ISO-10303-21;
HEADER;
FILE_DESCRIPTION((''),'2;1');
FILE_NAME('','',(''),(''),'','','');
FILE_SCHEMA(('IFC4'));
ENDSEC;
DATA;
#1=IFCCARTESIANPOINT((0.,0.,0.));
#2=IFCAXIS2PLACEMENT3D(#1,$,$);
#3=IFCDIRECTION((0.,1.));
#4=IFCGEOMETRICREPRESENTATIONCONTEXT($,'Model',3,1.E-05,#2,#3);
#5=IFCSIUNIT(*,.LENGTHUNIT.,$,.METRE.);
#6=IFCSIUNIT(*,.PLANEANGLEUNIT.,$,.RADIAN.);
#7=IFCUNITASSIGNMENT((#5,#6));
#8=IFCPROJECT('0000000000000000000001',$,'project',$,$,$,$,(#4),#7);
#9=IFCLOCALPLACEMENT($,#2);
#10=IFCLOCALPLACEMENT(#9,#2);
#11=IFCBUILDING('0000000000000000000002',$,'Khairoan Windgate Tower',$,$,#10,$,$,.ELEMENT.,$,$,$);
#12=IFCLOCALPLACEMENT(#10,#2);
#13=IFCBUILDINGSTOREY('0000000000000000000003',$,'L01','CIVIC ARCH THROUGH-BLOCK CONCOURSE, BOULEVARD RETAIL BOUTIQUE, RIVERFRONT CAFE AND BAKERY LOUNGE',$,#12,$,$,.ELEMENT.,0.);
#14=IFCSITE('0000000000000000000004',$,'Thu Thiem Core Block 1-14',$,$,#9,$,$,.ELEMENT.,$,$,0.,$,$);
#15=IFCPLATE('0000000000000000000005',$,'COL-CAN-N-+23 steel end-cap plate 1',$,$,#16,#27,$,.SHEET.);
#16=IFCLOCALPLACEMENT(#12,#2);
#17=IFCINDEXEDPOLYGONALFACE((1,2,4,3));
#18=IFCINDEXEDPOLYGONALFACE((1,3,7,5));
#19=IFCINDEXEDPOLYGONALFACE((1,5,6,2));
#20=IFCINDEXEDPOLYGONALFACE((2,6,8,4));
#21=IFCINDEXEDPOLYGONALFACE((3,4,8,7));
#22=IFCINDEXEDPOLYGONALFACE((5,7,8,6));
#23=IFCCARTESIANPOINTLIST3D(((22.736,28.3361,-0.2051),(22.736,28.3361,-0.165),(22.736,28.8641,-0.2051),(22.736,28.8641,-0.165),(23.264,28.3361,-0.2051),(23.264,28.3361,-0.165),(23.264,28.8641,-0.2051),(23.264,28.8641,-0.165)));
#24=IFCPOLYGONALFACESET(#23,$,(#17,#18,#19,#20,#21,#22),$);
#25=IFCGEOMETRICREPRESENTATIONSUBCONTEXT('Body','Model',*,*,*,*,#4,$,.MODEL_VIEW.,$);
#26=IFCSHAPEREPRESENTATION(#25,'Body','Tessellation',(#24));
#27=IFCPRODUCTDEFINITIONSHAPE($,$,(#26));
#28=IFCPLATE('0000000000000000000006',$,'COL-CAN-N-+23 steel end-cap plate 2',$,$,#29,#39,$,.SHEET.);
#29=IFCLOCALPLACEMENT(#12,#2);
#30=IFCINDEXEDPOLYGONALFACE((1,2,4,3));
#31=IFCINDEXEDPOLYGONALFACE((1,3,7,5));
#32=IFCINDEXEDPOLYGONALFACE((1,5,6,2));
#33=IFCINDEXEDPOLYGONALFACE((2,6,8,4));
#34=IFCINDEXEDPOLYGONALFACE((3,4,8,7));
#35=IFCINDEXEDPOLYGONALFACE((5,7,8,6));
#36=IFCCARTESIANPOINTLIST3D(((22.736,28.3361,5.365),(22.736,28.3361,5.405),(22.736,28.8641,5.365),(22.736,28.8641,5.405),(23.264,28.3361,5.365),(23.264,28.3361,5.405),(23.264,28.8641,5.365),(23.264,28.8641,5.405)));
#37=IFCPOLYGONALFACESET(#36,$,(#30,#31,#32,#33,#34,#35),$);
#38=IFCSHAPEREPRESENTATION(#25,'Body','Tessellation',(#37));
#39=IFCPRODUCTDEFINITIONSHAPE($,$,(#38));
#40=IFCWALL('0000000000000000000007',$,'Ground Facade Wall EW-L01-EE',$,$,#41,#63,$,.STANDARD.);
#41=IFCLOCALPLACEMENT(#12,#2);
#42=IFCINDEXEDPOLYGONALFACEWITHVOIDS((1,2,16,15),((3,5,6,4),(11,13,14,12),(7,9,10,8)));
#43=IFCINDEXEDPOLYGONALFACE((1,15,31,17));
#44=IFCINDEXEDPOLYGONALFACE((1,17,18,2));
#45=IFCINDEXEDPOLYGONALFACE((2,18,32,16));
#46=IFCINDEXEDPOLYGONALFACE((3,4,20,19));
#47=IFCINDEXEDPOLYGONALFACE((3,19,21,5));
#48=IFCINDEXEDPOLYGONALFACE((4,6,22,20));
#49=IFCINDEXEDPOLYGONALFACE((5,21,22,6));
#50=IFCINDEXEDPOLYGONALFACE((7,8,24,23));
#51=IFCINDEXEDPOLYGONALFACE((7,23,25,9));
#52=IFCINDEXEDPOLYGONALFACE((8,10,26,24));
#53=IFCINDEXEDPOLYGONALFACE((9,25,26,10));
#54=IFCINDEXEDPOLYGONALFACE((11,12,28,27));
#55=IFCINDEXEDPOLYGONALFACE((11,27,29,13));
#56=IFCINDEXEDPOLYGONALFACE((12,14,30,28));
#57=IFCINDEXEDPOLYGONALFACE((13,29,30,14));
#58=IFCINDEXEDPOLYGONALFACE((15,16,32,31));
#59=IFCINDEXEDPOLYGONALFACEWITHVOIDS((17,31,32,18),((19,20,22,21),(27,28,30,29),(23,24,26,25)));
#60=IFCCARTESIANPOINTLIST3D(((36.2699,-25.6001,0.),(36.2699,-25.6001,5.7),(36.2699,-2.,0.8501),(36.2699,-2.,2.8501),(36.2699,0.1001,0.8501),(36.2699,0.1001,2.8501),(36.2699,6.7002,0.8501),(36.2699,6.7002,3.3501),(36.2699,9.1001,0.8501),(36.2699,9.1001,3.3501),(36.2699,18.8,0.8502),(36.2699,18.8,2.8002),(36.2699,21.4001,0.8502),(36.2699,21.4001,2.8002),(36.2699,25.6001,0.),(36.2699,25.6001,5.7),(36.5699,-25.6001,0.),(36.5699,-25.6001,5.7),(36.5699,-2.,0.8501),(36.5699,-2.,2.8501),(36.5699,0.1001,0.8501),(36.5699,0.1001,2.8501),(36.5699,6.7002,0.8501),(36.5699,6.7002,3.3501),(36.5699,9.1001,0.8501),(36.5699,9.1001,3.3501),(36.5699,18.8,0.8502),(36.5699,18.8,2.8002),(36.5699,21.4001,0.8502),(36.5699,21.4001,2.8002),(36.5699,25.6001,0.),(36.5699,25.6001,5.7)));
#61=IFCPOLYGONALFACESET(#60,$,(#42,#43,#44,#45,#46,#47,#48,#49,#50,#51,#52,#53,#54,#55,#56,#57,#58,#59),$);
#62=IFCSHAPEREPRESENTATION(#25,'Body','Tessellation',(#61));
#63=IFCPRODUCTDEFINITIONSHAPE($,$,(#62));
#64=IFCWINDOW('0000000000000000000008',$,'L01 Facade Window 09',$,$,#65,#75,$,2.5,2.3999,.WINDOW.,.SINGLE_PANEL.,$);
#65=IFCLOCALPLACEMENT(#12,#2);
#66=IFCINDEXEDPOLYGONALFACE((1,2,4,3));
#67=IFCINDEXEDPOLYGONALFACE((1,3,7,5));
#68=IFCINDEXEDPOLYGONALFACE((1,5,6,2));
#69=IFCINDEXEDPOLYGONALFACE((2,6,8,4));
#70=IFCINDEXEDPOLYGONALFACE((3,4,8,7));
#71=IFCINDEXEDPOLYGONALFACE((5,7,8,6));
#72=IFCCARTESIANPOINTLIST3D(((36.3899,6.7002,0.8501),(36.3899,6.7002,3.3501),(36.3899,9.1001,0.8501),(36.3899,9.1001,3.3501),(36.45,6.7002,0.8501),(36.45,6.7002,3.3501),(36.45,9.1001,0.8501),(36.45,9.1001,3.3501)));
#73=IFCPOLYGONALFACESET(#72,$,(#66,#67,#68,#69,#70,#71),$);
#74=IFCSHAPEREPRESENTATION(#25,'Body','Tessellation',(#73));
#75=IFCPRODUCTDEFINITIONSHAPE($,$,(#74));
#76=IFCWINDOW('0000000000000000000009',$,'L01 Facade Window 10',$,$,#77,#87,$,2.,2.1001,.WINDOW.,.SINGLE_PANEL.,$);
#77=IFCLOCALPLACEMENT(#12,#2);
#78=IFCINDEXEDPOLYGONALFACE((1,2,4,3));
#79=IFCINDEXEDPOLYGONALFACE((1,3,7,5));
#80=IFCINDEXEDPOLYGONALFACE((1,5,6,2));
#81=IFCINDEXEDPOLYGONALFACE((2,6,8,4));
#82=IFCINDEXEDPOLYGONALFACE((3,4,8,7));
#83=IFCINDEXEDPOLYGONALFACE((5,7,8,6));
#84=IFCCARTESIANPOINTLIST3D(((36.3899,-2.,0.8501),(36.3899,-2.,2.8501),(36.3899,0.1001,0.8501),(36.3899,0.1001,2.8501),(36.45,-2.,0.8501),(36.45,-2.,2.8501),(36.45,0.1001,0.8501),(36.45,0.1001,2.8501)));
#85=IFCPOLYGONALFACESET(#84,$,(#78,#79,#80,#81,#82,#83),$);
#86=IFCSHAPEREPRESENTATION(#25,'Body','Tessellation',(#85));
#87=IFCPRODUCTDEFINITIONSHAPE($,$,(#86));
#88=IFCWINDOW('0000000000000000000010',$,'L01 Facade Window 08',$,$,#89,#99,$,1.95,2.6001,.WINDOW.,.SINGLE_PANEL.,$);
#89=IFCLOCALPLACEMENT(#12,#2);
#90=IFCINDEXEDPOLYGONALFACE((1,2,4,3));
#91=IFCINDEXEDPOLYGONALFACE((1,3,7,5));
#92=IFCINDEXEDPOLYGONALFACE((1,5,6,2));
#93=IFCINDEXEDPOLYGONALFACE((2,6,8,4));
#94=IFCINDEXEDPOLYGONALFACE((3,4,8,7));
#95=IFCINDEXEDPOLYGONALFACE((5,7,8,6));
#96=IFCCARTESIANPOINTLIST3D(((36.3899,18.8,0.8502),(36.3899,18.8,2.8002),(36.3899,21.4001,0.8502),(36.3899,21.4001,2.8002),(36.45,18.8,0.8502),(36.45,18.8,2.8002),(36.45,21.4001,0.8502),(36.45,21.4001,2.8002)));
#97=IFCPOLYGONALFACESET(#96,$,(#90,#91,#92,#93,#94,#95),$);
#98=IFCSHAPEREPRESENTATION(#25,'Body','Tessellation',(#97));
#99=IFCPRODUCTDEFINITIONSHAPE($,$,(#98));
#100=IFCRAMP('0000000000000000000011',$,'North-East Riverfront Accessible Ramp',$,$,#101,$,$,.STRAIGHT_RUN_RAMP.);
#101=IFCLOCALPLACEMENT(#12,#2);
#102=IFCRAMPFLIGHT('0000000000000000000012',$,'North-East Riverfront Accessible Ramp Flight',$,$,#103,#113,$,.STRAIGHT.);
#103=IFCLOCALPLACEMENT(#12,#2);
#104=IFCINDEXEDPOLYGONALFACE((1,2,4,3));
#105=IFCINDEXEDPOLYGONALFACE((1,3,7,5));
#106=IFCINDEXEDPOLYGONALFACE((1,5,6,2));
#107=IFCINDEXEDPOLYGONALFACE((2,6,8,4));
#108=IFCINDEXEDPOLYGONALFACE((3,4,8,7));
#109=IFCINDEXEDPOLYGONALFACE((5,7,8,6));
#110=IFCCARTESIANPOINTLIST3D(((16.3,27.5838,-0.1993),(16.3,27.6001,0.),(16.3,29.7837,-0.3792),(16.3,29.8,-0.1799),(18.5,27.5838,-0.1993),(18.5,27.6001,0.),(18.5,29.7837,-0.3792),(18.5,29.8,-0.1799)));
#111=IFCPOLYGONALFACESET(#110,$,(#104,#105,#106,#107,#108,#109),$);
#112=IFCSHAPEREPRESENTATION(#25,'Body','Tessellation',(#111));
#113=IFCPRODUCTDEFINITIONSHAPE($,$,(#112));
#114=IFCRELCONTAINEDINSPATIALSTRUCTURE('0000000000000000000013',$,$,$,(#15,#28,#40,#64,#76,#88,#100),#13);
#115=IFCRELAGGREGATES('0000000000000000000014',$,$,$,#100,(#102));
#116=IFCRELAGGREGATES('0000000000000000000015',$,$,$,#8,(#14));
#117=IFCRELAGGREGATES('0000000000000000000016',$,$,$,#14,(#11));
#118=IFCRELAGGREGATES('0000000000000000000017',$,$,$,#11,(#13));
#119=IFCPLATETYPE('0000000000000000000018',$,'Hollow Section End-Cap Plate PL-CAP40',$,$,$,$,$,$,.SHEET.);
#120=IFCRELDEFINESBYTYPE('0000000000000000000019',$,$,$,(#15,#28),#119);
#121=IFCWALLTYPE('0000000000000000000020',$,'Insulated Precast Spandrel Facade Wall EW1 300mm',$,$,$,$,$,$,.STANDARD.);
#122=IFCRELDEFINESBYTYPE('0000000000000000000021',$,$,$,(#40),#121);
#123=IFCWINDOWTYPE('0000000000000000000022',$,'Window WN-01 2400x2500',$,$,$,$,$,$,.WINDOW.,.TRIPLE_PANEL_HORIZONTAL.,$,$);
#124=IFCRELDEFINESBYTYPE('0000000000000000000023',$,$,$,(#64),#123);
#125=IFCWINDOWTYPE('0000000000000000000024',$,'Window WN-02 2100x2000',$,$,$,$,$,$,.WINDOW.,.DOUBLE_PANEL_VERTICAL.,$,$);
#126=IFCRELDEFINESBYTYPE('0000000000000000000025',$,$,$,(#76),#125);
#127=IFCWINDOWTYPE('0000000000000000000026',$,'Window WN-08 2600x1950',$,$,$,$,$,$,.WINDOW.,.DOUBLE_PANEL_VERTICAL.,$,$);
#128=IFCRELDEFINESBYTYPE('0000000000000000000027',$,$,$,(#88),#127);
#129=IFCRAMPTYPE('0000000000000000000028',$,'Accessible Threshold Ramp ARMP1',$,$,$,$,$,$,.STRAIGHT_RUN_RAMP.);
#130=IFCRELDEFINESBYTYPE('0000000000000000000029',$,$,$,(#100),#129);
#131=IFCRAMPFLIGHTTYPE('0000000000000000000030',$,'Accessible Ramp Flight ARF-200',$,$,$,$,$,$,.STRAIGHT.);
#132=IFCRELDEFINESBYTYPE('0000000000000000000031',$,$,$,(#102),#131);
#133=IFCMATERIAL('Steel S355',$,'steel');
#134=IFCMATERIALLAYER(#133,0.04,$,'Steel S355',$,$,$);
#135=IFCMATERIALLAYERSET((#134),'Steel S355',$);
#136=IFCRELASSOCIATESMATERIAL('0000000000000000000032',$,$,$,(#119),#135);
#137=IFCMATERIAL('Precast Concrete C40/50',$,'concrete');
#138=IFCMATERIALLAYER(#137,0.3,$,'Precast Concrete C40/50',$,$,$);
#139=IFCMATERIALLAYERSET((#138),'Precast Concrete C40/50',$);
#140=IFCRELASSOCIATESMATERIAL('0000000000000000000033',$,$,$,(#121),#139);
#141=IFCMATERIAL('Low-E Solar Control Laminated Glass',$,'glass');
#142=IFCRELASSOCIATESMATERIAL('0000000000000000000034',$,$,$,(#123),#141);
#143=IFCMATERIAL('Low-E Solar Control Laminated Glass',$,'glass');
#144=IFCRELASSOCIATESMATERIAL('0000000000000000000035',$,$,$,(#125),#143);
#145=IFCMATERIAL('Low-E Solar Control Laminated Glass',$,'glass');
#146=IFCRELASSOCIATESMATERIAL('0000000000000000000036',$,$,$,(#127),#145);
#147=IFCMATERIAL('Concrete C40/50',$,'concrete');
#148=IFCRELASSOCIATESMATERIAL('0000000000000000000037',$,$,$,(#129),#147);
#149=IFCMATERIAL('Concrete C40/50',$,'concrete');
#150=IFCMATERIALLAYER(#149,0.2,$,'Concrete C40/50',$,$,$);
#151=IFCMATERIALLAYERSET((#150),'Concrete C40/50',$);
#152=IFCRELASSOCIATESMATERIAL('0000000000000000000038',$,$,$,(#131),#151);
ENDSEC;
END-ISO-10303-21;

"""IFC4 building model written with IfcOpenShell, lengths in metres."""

from ifc_helpers import new_model, si_unit, direction, frame, frame_2d, origin, origin_2d, place, context, subcontext, project, spatial, polyline, rectangle, outline, extrude, material, layer, layer_set, type_object, element, fill, aggregate, save


model = new_model("IFC4")

# Units and contexts
model_context = context("Model", 3, precision=1e-05, world=origin(), true_north=direction((0.0, 1.0)))
body_context = subcontext(model_context, "Body", "Model", "MODEL_VIEW")
ifc_project = project(units=[si_unit("LENGTHUNIT", "METRE"), si_unit("PLANEANGLEUNIT", "RADIAN")], contexts=[model_context])

# Site, building, storey
site_placement = place(None, origin())
site = spatial("IfcSite", under=ifc_project, at=site_placement, Name="Thu Thiem Core Block 1-14", CompositionType="ELEMENT", RefElevation=0.0)
building_placement = place(site_placement, origin())
building = spatial("IfcBuilding", under=site, at=building_placement, Name="Khairoan Windgate Tower", CompositionType="ELEMENT")
storey_placement = place(building_placement, origin())
storey = spatial("IfcBuildingStorey", under=building, at=storey_placement, Name="L01", Description="CIVIC ARCH THROUGH-BLOCK CONCOURSE, BOULEVARD RETAIL BOUTIQUE, RIVERFRONT CAFE AND BAKERY LOUNGE", CompositionType="ELEMENT", Elevation=0.0)

# Plates
ifc_material_1 = material(Name="Steel S355", Category="steel")
ifc_layer_1 = layer(ifc_material_1, 0.04, Name="Steel S355")
ifc_layer_set_1 = layer_set([ifc_layer_1], Name="Steel S355")
plate_type = type_object("IfcPlateType", Name="Hollow Section End-Cap Plate PL-CAP40", PredefinedType="SHEET", material=ifc_layer_set_1)
for number, where, z_axis, x_axis, name in (
    (1, (23.0, 28.6001, -0.2051), (0.0, 0.0, 1.0), (1.0, 0.0, 0.0), "COL-CAN-N-+23 steel end-cap plate 1"),
    (2, (23.0, 28.6001, 5.365), (0.0, 0.0, 1.0), (1.0, 0.0, 0.0), "COL-CAN-N-+23 steel end-cap plate 2"),
):
    element("IfcPlate", number, at=place(storey_placement, frame(where, z_axis=z_axis, x_axis=x_axis)), inside=storey, type_object=plate_type, Name=name, PredefinedType="SHEET", context=body_context, shape_type="SweptSolid", body=[
        extrude(rectangle(XDim=0.5281, YDim=0.5281, at=origin_2d()), origin(), (0.0, 0.0, 1.0), 0.04),
    ])

# Wall, openings, windows
ifc_material_2 = material(Name="Precast Concrete C40/50", Category="concrete")
ifc_layer_2 = layer(ifc_material_2, 0.3, Name="Precast Concrete C40/50")
ifc_layer_set_2 = layer_set([ifc_layer_2], Name="Precast Concrete C40/50")
wall_type = type_object("IfcWallType", Name="Insulated Precast Spandrel Facade Wall EW1 300mm", PredefinedType="STANDARD", material=ifc_layer_set_2)
wall_placement = place(storey_placement, frame((36.4199, 25.6001, 0.0), z_axis=(0.0, 0.0, 1.0), x_axis=(0.0, -1.0, 0.0)))
wall = element("IfcWall", 3, at=wall_placement, inside=storey, type_object=wall_type, Name="Ground Facade Wall EW-L01-EE", PredefinedType="STANDARD", context=body_context, shape_type="SweptSolid", body=[
    extrude(rectangle(XDim=51.2002, YDim=0.3, at=frame_2d((25.6001, 0.0))), origin(), (0.0, 0.0, 1.0), 5.7),
])
opening_1_placement = place(wall_placement, frame((4.2, 0.0, 0.8501)))
opening_1 = element("IfcOpeningElement", 4, at=opening_1_placement, cuts=wall, PredefinedType="OPENING", context=body_context, shape_type="SweptSolid", body=[
    extrude(rectangle(XDim=2.6001, YDim=1.95, at=frame_2d((1.3, 0.9751))), frame((0.0, 0.1599, 0.0), z_axis=(0.0, -1.0, 0.0), x_axis=(1.0, 0.0, 0.0)), (0.0, 0.0, 1.0), 0.3201),
])
opening_2_placement = place(wall_placement, frame((16.5, 0.0, 0.8501)))
opening_2 = element("IfcOpeningElement", 5, at=opening_2_placement, cuts=wall, PredefinedType="OPENING", context=body_context, shape_type="SweptSolid", body=[
    extrude(rectangle(XDim=2.3999, YDim=2.5, at=frame_2d((1.2, 1.25))), frame((0.0, 0.1599, 0.0), z_axis=(0.0, -1.0, 0.0), x_axis=(1.0, 0.0, 0.0)), (0.0, 0.0, 1.0), 0.3201),
])
opening_3_placement = place(wall_placement, frame((25.5, 0.0, 0.8501)))
opening_3 = element("IfcOpeningElement", 6, at=opening_3_placement, cuts=wall, PredefinedType="OPENING", context=body_context, shape_type="SweptSolid", body=[
    extrude(rectangle(XDim=2.1001, YDim=2.0, at=frame_2d((1.05, 1.0))), frame((0.0, 0.1599, 0.0), z_axis=(0.0, -1.0, 0.0), x_axis=(1.0, 0.0, 0.0)), (0.0, 0.0, 1.0), 0.3201),
])
ifc_material_3 = material(Name="Low-E Solar Control Laminated Glass", Category="glass")
window_type_1 = type_object("IfcWindowType", Name="Window WN-01 2400x2500", PartitioningType="TRIPLE_PANEL_HORIZONTAL", PredefinedType="WINDOW", material=ifc_material_3)
window_1_placement = place(opening_2_placement, origin())
window_1 = element("IfcWindow", 7, at=window_1_placement, inside=storey, type_object=window_type_1, Name="L01 Facade Window 09", OverallHeight=2.5, OverallWidth=2.3999, PartitioningType="SINGLE_PANEL", PredefinedType="WINDOW", context=body_context, shape_type="SweptSolid", body=[
    extrude(rectangle(XDim=2.3999, YDim=2.5, at=frame_2d((1.2, 1.25))), frame((0.0, 0.03, 0.0), z_axis=(0.0, -1.0, 0.0), x_axis=(1.0, 0.0, 0.0)), (0.0, 0.0, 1.0), 0.0601),
])
fill(opening_2, window_1)
ifc_material_4 = material(Name="Low-E Solar Control Laminated Glass", Category="glass")
window_type_2 = type_object("IfcWindowType", Name="Window WN-02 2100x2000", PartitioningType="DOUBLE_PANEL_VERTICAL", PredefinedType="WINDOW", material=ifc_material_4)
window_2_placement = place(opening_3_placement, origin())
window_2 = element("IfcWindow", 8, at=window_2_placement, inside=storey, type_object=window_type_2, Name="L01 Facade Window 10", OverallHeight=2.0, OverallWidth=2.1001, PartitioningType="SINGLE_PANEL", PredefinedType="WINDOW", context=body_context, shape_type="SweptSolid", body=[
    extrude(rectangle(XDim=2.1001, YDim=2.0, at=frame_2d((1.05, 1.0))), frame((0.0, 0.03, 0.0), z_axis=(0.0, -1.0, 0.0), x_axis=(1.0, 0.0, 0.0)), (0.0, 0.0, 1.0), 0.0601),
])
fill(opening_3, window_2)
ifc_material_5 = material(Name="Low-E Solar Control Laminated Glass", Category="glass")
window_type_3 = type_object("IfcWindowType", Name="Window WN-08 2600x1950", PartitioningType="DOUBLE_PANEL_VERTICAL", PredefinedType="WINDOW", material=ifc_material_5)
window_3_placement = place(opening_1_placement, origin())
window_3 = element("IfcWindow", 9, at=window_3_placement, inside=storey, type_object=window_type_3, Name="L01 Facade Window 08", OverallHeight=1.95, OverallWidth=2.6001, PartitioningType="SINGLE_PANEL", PredefinedType="WINDOW", context=body_context, shape_type="SweptSolid", body=[
    extrude(rectangle(XDim=2.6001, YDim=1.95, at=frame_2d((1.3, 0.9751))), frame((0.0, 0.03, 0.0), z_axis=(0.0, -1.0, 0.0), x_axis=(1.0, 0.0, 0.0)), (0.0, 0.0, 1.0), 0.0601),
])
fill(opening_1, window_3)

# Ramp, ramp flight
ifc_material_6 = material(Name="Concrete C40/50", Category="concrete")
ramp_type = type_object("IfcRampType", Name="Accessible Threshold Ramp ARMP1", PredefinedType="STRAIGHT_RUN_RAMP", material=ifc_material_6)
ramp_placement = place(storey_placement, origin())
ramp = element("IfcRamp", 10, at=ramp_placement, inside=storey, type_object=ramp_type, Name="North-East Riverfront Accessible Ramp", PredefinedType="STRAIGHT_RUN_RAMP")
ifc_material_7 = material(Name="Concrete C40/50", Category="concrete")
ifc_layer_3 = layer(ifc_material_7, 0.2, Name="Concrete C40/50")
ifc_layer_set_3 = layer_set([ifc_layer_3], Name="Concrete C40/50")
ramp_flight_type = type_object("IfcRampFlightType", Name="Accessible Ramp Flight ARF-200", PredefinedType="STRAIGHT", material=ifc_layer_set_3)
ramp_flight_placement = place(storey_placement, frame((16.3, 27.6001, 0.0), z_axis=(0.0, 0.081517, 0.996672), x_axis=(1.0, 0.0, 0.0)))
ramp_flight = element("IfcRampFlight", 11, at=ramp_flight_placement, type_object=ramp_flight_type, Name="North-East Riverfront Accessible Ramp Flight", PredefinedType="STRAIGHT", context=body_context, shape_type="SweptSolid", body=[
    extrude(outline(polyline([(0.0, 0.0), (2.2, 0.0), (2.2, 2.2073), (0.0, 2.2073), (0.0, 0.0)])), origin(), (0.0, 0.0, -1.0), 0.2),
])
aggregate(ramp, [ramp_flight])

save(model, "model.ifc")
